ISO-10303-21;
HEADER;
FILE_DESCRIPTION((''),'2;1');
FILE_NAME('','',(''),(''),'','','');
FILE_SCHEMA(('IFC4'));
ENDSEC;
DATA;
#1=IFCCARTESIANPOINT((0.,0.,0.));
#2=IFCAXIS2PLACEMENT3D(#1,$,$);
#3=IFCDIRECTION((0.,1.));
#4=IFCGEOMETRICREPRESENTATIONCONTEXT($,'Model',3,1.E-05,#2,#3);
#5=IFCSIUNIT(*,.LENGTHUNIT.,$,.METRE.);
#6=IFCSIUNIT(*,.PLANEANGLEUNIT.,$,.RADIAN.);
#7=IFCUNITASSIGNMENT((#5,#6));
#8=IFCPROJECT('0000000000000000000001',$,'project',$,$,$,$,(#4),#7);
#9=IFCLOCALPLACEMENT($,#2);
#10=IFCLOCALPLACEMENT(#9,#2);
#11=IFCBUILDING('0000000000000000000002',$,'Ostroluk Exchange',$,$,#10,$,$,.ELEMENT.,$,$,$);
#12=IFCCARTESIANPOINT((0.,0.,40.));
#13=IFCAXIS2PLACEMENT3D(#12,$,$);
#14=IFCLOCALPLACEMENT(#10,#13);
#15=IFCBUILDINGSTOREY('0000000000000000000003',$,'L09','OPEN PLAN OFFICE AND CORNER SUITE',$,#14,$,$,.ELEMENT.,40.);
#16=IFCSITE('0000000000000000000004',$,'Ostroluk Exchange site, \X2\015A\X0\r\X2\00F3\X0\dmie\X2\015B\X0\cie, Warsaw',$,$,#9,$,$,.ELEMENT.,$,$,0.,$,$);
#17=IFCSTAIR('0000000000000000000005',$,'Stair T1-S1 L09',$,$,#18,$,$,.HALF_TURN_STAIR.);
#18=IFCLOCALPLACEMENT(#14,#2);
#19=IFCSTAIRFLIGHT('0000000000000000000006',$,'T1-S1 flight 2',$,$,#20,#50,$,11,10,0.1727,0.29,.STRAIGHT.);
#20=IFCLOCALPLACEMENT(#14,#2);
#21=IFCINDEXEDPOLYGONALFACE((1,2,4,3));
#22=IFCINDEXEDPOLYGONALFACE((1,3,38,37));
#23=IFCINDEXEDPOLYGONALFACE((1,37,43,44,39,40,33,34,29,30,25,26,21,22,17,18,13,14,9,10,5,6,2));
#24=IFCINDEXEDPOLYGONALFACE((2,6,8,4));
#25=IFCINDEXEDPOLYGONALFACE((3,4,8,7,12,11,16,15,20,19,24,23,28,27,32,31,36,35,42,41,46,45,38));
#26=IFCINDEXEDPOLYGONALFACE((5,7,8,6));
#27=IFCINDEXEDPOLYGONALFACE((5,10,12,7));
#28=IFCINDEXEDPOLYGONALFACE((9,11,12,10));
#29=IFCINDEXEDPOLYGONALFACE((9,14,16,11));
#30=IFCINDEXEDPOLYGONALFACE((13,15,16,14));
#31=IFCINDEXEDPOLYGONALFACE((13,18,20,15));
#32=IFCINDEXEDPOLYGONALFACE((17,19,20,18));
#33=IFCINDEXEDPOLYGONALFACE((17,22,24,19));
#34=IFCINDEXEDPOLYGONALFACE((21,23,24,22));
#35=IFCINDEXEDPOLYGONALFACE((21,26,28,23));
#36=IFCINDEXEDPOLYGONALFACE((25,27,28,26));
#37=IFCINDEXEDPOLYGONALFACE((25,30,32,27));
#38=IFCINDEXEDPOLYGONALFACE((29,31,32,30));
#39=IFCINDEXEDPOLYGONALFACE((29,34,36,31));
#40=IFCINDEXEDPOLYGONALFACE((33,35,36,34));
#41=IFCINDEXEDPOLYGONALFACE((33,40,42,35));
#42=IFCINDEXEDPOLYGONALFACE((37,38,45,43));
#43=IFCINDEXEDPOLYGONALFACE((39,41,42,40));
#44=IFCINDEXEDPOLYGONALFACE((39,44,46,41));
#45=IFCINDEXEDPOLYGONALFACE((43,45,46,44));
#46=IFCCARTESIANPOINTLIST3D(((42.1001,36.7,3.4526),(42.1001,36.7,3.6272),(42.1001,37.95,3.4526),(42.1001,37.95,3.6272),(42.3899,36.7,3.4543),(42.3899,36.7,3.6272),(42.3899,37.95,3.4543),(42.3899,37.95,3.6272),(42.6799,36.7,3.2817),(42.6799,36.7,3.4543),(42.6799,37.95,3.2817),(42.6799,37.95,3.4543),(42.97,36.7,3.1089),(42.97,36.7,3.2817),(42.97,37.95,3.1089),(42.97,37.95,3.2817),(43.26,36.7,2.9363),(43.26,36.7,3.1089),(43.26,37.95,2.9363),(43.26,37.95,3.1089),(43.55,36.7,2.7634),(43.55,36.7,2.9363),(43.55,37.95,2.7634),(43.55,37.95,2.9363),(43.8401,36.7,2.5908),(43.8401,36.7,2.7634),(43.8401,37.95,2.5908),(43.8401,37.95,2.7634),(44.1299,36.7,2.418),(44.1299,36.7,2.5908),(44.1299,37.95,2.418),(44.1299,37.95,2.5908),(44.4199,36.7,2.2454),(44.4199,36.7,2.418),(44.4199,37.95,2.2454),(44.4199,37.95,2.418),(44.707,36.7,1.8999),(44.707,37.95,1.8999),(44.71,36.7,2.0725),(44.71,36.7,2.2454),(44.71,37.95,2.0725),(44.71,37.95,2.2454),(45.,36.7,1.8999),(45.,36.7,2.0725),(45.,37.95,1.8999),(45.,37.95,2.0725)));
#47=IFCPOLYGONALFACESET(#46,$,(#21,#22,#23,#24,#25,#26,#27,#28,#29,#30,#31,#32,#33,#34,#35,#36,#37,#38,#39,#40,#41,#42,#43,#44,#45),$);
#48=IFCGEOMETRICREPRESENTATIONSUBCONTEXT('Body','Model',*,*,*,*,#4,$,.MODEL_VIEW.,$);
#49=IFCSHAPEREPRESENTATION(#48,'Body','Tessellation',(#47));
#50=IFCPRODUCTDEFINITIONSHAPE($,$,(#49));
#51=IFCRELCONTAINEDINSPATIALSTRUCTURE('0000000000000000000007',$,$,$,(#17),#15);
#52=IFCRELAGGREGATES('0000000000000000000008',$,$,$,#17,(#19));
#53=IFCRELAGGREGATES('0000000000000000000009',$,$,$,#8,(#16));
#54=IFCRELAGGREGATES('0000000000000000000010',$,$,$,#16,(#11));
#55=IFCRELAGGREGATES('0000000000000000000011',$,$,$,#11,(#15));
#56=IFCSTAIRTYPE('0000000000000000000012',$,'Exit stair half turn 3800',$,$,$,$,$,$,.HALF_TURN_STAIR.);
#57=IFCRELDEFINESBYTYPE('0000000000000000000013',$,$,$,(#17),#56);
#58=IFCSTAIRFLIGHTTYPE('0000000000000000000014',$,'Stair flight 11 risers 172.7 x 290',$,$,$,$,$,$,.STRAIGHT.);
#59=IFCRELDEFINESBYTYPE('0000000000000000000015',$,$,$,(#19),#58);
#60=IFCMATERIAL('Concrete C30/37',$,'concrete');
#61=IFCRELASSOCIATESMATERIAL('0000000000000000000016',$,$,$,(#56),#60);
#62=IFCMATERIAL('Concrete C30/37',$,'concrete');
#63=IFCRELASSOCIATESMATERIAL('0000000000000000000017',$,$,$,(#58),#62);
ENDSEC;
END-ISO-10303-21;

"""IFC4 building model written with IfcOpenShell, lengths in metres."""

from ifc_helpers import new_model, si_unit, direction, frame, origin, place, context, subcontext, project, spatial, polyline, outline, extrude, material, type_object, element, aggregate, save


model = new_model("IFC4")

# Units and contexts
model_context = context("Model", 3, precision=1e-05, world=origin(), true_north=direction((0.0, 1.0)))
body_context = subcontext(model_context, "Body", "Model", "MODEL_VIEW")
ifc_project = project(units=[si_unit("LENGTHUNIT", "METRE"), si_unit("PLANEANGLEUNIT", "RADIAN")], contexts=[model_context])

# Site, building, storey
site_placement = place(None, origin())
site = spatial("IfcSite", under=ifc_project, at=site_placement, Name="Ostroluk Exchange site, Śródmieście, Warsaw", CompositionType="ELEMENT", RefElevation=0.0)
building_placement = place(site_placement, origin())
building = spatial("IfcBuilding", under=site, at=building_placement, Name="Ostroluk Exchange", CompositionType="ELEMENT")
storey_placement = place(building_placement, frame((0.0, 0.0, 40.0)))
storey = spatial("IfcBuildingStorey", under=building, at=storey_placement, Name="L09", Description="OPEN PLAN OFFICE AND CORNER SUITE", CompositionType="ELEMENT", Elevation=40.0)

# Stair, stair flight
ifc_material_1 = material(Name="Concrete C30/37", Category="concrete")
stair_type = type_object("IfcStairType", Name="Exit stair half turn 3800", PredefinedType="HALF_TURN_STAIR", material=ifc_material_1)
stair_placement = place(storey_placement, origin())
stair = element("IfcStair", 1, at=stair_placement, inside=storey, type_object=stair_type, Name="Stair T1-S1 L09", PredefinedType="HALF_TURN_STAIR")
ifc_material_2 = material(Name="Concrete C30/37", Category="concrete")
stair_flight_type = type_object("IfcStairFlightType", Name="Stair flight 11 risers 172.7 x 290", PredefinedType="STRAIGHT", material=ifc_material_2)
stair_flight_placement = place(storey_placement, frame((45.0, 37.325, 1.8999), z_axis=(0.0, 0.0, 1.0), x_axis=(-1.0, 0.0, 0.0)))
stair_flight = element("IfcStairFlight", 2, at=stair_flight_placement, type_object=stair_flight_type, Name="T1-S1 flight 2", NumberOfRisers=11, NumberOfTreads=10, PredefinedType="STRAIGHT", RiserHeight=0.1727, TreadLength=0.29, context=body_context, shape_type="SweptSolid", body=[
    extrude(outline(polyline([(0.0, 0.0), (0.0, 0.1726), (0.29, 0.1726), (0.29, 0.3455), (0.5801, 0.3455), (0.5801, 0.5181), (0.8701, 0.5181), (0.8701, 0.6909), (1.1599, 0.6909), (1.1599, 0.8635), (1.45, 0.8635), (1.45, 1.0364), (1.74, 1.0364), (1.74, 1.209), (2.03, 1.209), (2.03, 1.3818), (2.3201, 1.3818), (2.3201, 1.5544), (2.6101, 1.5544), (2.6101, 1.7273), (2.8999, 1.7273), (2.8999, 1.8999), (2.8999, 1.5527), (0.293, 0.0), (0.0, 0.0)])), frame((0.0, 0.625, 0.0), z_axis=(0.0, -1.0, 0.0), x_axis=(1.0, 0.0, 0.0)), (0.0, 0.0, 1.0), 1.25),
])
aggregate(stair, [stair_flight])

save(model, "model.ifc")
